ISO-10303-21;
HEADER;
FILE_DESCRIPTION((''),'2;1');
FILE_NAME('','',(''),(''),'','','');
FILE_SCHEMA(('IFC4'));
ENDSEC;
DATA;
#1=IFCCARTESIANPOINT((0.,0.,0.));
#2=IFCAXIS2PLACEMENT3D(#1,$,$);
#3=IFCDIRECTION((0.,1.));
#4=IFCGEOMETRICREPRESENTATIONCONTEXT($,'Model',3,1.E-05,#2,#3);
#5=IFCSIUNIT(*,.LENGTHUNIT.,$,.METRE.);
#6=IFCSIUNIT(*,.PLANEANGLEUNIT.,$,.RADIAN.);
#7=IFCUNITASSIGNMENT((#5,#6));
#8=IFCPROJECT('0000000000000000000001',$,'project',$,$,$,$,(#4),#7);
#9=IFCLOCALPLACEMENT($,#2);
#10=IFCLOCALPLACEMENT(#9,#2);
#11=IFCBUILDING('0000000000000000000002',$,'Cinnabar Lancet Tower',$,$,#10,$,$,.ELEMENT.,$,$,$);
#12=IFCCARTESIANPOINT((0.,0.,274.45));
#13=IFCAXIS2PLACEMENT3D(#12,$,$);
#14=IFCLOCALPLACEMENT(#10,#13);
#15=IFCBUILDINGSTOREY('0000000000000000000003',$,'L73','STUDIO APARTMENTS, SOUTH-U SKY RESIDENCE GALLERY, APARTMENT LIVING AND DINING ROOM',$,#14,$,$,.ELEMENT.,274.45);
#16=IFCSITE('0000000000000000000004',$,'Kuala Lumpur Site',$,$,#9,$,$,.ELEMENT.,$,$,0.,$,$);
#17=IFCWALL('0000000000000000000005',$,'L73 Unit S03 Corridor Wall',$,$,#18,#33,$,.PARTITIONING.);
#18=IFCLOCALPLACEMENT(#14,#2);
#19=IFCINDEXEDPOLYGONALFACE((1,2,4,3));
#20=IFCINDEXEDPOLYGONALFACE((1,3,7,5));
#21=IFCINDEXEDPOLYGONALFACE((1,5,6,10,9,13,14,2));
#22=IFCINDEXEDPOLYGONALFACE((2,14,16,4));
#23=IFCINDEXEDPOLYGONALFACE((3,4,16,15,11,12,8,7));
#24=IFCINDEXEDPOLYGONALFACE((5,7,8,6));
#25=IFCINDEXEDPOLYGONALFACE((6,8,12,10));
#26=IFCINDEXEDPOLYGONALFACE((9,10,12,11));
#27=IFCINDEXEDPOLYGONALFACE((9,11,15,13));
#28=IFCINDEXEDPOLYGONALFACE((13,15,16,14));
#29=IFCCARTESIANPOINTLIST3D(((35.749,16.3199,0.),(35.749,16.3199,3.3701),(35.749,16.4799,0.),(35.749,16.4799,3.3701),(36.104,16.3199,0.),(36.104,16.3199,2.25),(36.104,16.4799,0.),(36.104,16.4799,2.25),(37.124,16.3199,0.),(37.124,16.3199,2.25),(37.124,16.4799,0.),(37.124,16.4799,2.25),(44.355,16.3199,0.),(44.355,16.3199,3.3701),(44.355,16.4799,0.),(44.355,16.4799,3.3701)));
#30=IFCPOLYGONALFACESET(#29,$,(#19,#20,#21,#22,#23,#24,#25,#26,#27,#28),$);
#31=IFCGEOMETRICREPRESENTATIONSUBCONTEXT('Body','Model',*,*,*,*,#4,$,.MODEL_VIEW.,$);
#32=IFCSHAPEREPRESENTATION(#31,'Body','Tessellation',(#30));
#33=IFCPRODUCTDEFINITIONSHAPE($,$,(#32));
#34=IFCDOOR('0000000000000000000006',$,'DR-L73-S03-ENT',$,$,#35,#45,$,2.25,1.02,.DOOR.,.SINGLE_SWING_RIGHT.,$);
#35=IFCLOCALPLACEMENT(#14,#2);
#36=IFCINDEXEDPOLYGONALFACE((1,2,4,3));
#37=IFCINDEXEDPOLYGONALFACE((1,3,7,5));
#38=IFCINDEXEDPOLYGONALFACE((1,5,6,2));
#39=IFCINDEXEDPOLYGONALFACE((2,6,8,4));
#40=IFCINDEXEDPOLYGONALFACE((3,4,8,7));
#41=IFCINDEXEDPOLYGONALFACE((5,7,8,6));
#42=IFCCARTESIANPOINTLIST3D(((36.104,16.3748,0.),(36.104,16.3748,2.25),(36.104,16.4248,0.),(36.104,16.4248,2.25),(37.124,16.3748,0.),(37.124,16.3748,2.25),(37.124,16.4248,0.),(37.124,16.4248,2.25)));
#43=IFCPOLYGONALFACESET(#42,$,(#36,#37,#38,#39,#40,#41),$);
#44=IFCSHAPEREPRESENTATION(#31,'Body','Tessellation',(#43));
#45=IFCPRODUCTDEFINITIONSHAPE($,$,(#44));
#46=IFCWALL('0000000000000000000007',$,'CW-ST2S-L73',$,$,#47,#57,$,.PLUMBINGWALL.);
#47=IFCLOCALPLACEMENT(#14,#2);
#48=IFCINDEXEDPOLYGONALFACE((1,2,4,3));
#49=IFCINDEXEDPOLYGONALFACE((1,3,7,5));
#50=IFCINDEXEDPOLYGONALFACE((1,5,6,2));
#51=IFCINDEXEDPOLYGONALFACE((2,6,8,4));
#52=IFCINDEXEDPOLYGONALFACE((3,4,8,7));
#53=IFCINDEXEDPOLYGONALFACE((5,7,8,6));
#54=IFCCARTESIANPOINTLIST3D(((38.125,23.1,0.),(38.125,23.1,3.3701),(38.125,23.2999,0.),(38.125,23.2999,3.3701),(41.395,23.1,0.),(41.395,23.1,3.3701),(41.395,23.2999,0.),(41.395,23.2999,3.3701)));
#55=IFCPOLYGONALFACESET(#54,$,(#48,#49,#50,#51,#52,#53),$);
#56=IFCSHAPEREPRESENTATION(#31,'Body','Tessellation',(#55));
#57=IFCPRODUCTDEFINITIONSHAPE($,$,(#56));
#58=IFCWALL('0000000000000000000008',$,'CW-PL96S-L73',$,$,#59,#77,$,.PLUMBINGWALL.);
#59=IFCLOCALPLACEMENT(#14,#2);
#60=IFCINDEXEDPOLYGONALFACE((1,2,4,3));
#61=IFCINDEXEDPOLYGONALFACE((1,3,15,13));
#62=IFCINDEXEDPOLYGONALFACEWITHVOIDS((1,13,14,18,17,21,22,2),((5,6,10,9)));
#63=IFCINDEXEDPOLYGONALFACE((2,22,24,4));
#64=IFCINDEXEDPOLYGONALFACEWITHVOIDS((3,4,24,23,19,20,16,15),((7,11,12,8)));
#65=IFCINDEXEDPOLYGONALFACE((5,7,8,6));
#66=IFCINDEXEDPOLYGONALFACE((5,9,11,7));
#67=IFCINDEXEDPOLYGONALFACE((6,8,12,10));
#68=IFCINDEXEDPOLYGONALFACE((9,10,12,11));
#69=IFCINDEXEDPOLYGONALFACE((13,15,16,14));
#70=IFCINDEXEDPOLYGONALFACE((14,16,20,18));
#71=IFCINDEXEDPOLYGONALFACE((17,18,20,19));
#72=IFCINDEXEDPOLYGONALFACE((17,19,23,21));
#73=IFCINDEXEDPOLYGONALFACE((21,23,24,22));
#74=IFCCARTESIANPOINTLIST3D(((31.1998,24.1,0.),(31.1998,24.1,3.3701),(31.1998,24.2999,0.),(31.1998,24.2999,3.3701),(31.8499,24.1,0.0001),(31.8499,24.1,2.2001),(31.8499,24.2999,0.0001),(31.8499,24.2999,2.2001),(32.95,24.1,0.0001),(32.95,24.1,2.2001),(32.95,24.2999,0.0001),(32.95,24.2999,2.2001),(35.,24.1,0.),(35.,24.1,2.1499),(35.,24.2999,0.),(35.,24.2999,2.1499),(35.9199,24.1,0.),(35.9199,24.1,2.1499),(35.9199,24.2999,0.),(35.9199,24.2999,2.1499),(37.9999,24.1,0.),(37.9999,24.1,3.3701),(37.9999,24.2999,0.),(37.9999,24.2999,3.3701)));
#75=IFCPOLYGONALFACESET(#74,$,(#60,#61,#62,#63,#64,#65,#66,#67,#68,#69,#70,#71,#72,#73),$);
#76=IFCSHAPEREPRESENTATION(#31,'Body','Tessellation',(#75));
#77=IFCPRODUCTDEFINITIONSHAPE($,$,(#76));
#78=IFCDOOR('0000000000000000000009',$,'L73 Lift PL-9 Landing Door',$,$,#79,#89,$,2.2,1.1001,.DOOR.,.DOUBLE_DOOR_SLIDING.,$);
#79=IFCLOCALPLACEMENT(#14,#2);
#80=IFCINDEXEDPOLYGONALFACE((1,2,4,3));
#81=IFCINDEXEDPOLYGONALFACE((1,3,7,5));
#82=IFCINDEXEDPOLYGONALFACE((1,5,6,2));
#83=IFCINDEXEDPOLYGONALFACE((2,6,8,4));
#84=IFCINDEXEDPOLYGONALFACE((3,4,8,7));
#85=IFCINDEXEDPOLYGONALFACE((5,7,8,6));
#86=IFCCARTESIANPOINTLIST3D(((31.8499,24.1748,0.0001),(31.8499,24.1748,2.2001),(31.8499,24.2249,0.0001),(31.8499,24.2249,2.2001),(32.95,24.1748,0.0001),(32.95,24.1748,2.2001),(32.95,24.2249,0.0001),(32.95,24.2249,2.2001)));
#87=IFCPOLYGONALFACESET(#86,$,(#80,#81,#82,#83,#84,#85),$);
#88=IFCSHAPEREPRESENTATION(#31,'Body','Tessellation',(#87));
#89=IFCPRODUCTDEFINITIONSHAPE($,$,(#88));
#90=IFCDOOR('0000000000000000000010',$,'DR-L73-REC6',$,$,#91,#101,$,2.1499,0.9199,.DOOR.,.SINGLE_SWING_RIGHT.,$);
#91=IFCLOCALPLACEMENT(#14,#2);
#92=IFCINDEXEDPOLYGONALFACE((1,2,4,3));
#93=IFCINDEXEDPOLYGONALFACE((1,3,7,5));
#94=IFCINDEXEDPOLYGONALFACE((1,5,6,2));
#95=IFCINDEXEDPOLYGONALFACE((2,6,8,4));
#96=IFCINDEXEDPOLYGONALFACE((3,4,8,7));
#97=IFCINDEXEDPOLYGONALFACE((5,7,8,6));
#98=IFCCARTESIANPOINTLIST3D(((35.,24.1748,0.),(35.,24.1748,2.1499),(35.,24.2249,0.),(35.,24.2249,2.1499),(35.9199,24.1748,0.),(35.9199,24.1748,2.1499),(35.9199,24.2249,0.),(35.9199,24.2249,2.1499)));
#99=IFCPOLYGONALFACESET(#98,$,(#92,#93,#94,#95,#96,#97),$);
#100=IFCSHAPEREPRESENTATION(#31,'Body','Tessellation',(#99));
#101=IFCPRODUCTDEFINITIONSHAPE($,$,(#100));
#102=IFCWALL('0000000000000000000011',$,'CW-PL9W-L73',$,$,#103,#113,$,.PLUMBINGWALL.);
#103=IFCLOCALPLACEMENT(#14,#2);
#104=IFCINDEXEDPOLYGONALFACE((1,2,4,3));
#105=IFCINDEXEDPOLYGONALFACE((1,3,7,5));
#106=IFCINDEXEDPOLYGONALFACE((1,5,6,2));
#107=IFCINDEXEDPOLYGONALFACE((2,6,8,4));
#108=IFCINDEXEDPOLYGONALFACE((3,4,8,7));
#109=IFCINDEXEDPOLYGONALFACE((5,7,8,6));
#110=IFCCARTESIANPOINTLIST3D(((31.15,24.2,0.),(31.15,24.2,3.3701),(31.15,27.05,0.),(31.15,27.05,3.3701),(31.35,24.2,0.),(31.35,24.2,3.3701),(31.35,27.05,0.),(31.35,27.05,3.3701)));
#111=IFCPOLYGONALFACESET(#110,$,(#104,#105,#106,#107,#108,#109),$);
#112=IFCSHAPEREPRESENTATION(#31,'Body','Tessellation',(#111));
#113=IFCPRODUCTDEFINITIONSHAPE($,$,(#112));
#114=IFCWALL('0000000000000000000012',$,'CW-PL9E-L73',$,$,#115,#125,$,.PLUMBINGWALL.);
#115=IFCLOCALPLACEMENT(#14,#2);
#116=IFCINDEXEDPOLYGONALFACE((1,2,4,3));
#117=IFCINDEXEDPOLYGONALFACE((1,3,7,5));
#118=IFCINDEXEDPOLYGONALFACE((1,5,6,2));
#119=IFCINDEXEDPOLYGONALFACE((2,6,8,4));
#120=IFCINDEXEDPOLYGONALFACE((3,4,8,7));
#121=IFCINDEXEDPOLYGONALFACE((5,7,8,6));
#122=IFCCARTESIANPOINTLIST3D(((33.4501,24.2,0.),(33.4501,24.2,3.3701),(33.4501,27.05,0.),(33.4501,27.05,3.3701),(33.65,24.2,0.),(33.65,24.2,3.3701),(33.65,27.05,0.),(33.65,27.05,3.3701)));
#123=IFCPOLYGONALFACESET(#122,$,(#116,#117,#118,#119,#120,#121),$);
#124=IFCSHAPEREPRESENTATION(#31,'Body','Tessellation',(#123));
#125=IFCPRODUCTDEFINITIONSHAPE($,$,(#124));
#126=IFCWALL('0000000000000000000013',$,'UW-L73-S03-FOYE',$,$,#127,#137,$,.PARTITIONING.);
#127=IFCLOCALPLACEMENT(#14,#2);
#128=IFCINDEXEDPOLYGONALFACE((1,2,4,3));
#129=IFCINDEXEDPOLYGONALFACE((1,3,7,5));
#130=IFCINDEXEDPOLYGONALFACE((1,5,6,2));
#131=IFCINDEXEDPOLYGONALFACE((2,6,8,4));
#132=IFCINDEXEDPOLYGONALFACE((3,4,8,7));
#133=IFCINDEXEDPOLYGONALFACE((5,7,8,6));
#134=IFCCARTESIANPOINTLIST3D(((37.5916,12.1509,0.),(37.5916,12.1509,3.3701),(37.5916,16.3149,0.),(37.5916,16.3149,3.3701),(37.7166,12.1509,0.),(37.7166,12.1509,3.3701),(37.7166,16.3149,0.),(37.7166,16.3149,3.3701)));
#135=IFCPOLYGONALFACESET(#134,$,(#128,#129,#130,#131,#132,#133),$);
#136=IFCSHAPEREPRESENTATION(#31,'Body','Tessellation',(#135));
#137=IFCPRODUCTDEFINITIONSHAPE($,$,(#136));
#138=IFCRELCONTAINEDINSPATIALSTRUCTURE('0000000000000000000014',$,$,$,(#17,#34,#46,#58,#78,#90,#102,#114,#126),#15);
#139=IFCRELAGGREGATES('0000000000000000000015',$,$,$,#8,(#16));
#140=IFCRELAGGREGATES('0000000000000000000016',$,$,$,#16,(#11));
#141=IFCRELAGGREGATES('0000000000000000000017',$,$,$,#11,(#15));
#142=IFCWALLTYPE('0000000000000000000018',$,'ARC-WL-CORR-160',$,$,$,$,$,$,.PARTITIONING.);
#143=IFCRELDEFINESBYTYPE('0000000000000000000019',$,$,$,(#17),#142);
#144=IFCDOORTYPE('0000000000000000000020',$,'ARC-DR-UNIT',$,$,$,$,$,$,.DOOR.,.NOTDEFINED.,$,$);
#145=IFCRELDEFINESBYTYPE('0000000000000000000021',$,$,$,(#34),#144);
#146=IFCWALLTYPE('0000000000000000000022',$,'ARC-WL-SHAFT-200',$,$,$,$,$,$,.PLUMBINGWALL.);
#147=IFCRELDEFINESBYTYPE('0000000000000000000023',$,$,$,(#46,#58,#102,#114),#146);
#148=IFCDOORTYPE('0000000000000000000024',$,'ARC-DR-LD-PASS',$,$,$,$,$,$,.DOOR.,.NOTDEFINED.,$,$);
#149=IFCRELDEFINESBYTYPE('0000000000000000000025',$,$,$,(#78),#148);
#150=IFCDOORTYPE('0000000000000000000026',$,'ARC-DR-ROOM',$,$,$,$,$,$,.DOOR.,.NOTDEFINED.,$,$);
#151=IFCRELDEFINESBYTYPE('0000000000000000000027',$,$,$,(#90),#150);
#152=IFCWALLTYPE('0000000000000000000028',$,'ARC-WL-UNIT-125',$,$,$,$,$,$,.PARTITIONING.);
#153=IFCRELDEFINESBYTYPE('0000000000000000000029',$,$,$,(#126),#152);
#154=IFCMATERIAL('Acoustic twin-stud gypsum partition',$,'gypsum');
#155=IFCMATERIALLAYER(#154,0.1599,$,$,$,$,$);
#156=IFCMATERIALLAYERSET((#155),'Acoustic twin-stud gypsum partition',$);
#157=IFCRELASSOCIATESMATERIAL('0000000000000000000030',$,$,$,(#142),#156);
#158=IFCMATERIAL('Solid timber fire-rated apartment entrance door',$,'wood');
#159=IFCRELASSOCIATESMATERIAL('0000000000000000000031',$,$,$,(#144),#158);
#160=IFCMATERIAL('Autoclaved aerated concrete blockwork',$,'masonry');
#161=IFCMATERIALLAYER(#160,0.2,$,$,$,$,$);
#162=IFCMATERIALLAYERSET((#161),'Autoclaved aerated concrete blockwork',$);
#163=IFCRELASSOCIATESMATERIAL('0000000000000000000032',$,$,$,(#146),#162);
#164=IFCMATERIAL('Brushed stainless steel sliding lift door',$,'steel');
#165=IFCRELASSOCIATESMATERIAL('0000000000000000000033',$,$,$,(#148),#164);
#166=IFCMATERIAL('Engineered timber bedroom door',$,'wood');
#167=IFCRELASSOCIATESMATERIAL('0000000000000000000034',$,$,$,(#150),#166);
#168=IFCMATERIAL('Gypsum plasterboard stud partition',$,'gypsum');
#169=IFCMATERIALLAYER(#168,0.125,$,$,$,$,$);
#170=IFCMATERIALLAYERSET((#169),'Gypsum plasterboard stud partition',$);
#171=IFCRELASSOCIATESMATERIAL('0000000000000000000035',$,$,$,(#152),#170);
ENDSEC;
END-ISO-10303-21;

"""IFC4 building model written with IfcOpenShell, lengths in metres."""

from ifc_helpers import new_model, si_unit, direction, frame, frame_2d, origin, place, context, subcontext, project, spatial, rectangle, extrude, material, layer, layer_set, type_object, element, fill, save


model = new_model("IFC4")

# Units and contexts
model_context = context("Model", 3, precision=1e-05, world=origin(), true_north=direction((0.0, 1.0)))
body_context = subcontext(model_context, "Body", "Model", "MODEL_VIEW")
ifc_project = project(units=[si_unit("LENGTHUNIT", "METRE"), si_unit("PLANEANGLEUNIT", "RADIAN")], contexts=[model_context])

# Site, building, storey
site_placement = place(None, origin())
site = spatial("IfcSite", under=ifc_project, at=site_placement, Name="Kuala Lumpur Site", CompositionType="ELEMENT", RefElevation=0.0)
building_placement = place(site_placement, origin())
building = spatial("IfcBuilding", under=site, at=building_placement, Name="Cinnabar Lancet Tower", CompositionType="ELEMENT")
storey_placement = place(building_placement, frame((0.0, 0.0, 274.45)))
storey = spatial("IfcBuildingStorey", under=building, at=storey_placement, Name="L73", Description="STUDIO APARTMENTS, SOUTH-U SKY RESIDENCE GALLERY, APARTMENT LIVING AND DINING ROOM", CompositionType="ELEMENT", Elevation=274.45)

# Shared definitions
ifc_material_1 = material(Name="Acoustic twin-stud gypsum partition", Category="gypsum")
ifc_layer_1 = layer(ifc_material_1, 0.1599)
ifc_layer_set_1 = layer_set([ifc_layer_1], Name="Acoustic twin-stud gypsum partition")
wall_type_1 = type_object("IfcWallType", Name="ARC-WL-CORR-160", PredefinedType="PARTITIONING", material=ifc_layer_set_1)

# Wall, opening, door
wall_1_placement = place(storey_placement, frame((35.749, 16.3999, 0.0), z_axis=(0.0, 0.0, 1.0), x_axis=(1.0, 0.0, 0.0)))
wall_1 = element("IfcWall", 1, at=wall_1_placement, inside=storey, type_object=wall_type_1, Name="L73 Unit S03 Corridor Wall", PredefinedType="PARTITIONING", context=body_context, shape_type="SweptSolid", body=[
    extrude(rectangle(XDim=8.606, YDim=0.1599, at=frame_2d((4.303, 0.0))), origin(), (0.0, 0.0, 1.0), 3.3701),
])
opening_1_placement = place(wall_1_placement, frame((0.355, 0.0, 0.0)))
opening_1 = element("IfcOpeningElement", 2, at=opening_1_placement, cuts=wall_1, PredefinedType="OPENING", context=body_context, shape_type="SweptSolid", body=[
    extrude(rectangle(XDim=1.02, YDim=2.25, at=frame_2d((0.51, 1.125))), frame((0.0, 0.0898, 0.0), z_axis=(0.0, -1.0, 0.0), x_axis=(1.0, 0.0, 0.0)), (0.0, 0.0, 1.0), 0.1799),
])
ifc_material_2 = material(Name="Solid timber fire-rated apartment entrance door", Category="wood")
door_type_1 = type_object("IfcDoorType", Name="ARC-DR-UNIT", OperationType="NOTDEFINED", PredefinedType="DOOR", material=ifc_material_2)
door_1_placement = place(opening_1_placement, origin())
door_1 = element("IfcDoor", 3, at=door_1_placement, inside=storey, type_object=door_type_1, Name="DR-L73-S03-ENT", OperationType="SINGLE_SWING_RIGHT", OverallHeight=2.25, OverallWidth=1.02, PredefinedType="DOOR", context=body_context, shape_type="SweptSolid", body=[
    extrude(rectangle(XDim=1.02, YDim=2.25, at=frame_2d((0.51, 1.125))), frame((0.0, 0.0249, 0.0), z_axis=(0.0, -1.0, 0.0), x_axis=(1.0, 0.0, 0.0)), (0.0, 0.0, 1.0), 0.05),
])
fill(opening_1, door_1)

# Wall
ifc_material_3 = material(Name="Autoclaved aerated concrete blockwork", Category="masonry")
ifc_layer_2 = layer(ifc_material_3, 0.2)
ifc_layer_set_2 = layer_set([ifc_layer_2], Name="Autoclaved aerated concrete blockwork")
wall_type_2 = type_object("IfcWallType", Name="ARC-WL-SHAFT-200", PredefinedType="PLUMBINGWALL", material=ifc_layer_set_2)
wall_2_placement = place(storey_placement, frame((38.125, 23.2, 0.0), z_axis=(0.0, 0.0, 1.0), x_axis=(1.0, 0.0, 0.0)))
element("IfcWall", 4, at=wall_2_placement, inside=storey, type_object=wall_type_2, Name="CW-ST2S-L73", PredefinedType="PLUMBINGWALL", context=body_context, shape_type="SweptSolid", body=[
    extrude(rectangle(XDim=3.27, YDim=0.2, at=frame_2d((1.635, 0.0))), origin(), (0.0, 0.0, 1.0), 3.3701),
])

# Wall, openings, doors
wall_3_placement = place(storey_placement, frame((31.2, 24.2, 0.0), z_axis=(0.0, 0.0, 1.0), x_axis=(1.0, 0.0, 0.0)))
wall_3 = element("IfcWall", 5, at=wall_3_placement, inside=storey, type_object=wall_type_2, Name="CW-PL96S-L73", PredefinedType="PLUMBINGWALL", context=body_context, shape_type="SweptSolid", body=[
    extrude(rectangle(XDim=6.8, YDim=0.2, at=frame_2d((3.3999, 0.0))), origin(), (0.0, 0.0, 1.0), 3.3701),
])
opening_2_placement = place(wall_3_placement, frame((0.6499, 0.0, 0.0)))
opening_2 = element("IfcOpeningElement", 6, at=opening_2_placement, cuts=wall_3, PredefinedType="OPENING", context=body_context, shape_type="SweptSolid", body=[
    extrude(rectangle(XDim=1.1001, YDim=2.2, at=frame_2d((0.55, 1.1001))), frame((0.0, 0.1099, 0.0), z_axis=(0.0, -1.0, 0.0), x_axis=(1.0, 0.0, 0.0)), (0.0, 0.0, 1.0), 0.22),
])
opening_3_placement = place(wall_3_placement, frame((3.8, 0.0, 0.0)))
opening_3 = element("IfcOpeningElement", 7, at=opening_3_placement, cuts=wall_3, PredefinedType="OPENING", context=body_context, shape_type="SweptSolid", body=[
    extrude(rectangle(XDim=0.9199, YDim=2.1499, at=frame_2d((0.46, 1.075))), frame((0.0, 0.1099, 0.0), z_axis=(0.0, -1.0, 0.0), x_axis=(1.0, 0.0, 0.0)), (0.0, 0.0, 1.0), 0.22),
])
ifc_material_4 = material(Name="Brushed stainless steel sliding lift door", Category="steel")
door_type_2 = type_object("IfcDoorType", Name="ARC-DR-LD-PASS", OperationType="NOTDEFINED", PredefinedType="DOOR", material=ifc_material_4)
door_2_placement = place(opening_2_placement, origin())
door_2 = element("IfcDoor", 8, at=door_2_placement, inside=storey, type_object=door_type_2, Name="L73 Lift PL-9 Landing Door", OperationType="DOUBLE_DOOR_SLIDING", OverallHeight=2.2, OverallWidth=1.1001, PredefinedType="DOOR", context=body_context, shape_type="SweptSolid", body=[
    extrude(rectangle(XDim=1.1001, YDim=2.2, at=frame_2d((0.55, 1.1001))), frame((0.0, 0.0249, 0.0), z_axis=(0.0, -1.0, 0.0), x_axis=(1.0, 0.0, 0.0)), (0.0, 0.0, 1.0), 0.05),
])
fill(opening_2, door_2)
ifc_material_5 = material(Name="Engineered timber bedroom door", Category="wood")
door_type_3 = type_object("IfcDoorType", Name="ARC-DR-ROOM", OperationType="NOTDEFINED", PredefinedType="DOOR", material=ifc_material_5)
door_3_placement = place(opening_3_placement, origin())
door_3 = element("IfcDoor", 9, at=door_3_placement, inside=storey, type_object=door_type_3, Name="DR-L73-REC6", OperationType="SINGLE_SWING_RIGHT", OverallHeight=2.1499, OverallWidth=0.9199, PredefinedType="DOOR", context=body_context, shape_type="SweptSolid", body=[
    extrude(rectangle(XDim=0.9199, YDim=2.1499, at=frame_2d((0.46, 1.075))), frame((0.0, 0.0249, 0.0), z_axis=(0.0, -1.0, 0.0), x_axis=(1.0, 0.0, 0.0)), (0.0, 0.0, 1.0), 0.05),
])
fill(opening_3, door_3)

# Walls
for number, where, z_axis, x_axis, name in (
    (10, (31.25, 24.2, 0.0), (0.0, 0.0, 1.0), (0.0, 1.0, 0.0), "CW-PL9W-L73"),
    (11, (33.55, 24.2, 0.0), (0.0, 0.0, 1.0), (0.0, 1.0, 0.0), "CW-PL9E-L73"),
):
    element("IfcWall", number, at=place(storey_placement, frame(where, z_axis=z_axis, x_axis=x_axis)), inside=storey, type_object=wall_type_2, Name=name, PredefinedType="PLUMBINGWALL", context=body_context, shape_type="SweptSolid", body=[
        extrude(rectangle(XDim=2.8501, YDim=0.2, at=frame_2d((1.425, 0.0))), origin(), (0.0, 0.0, 1.0), 3.3701),
    ])
ifc_material_6 = material(Name="Gypsum plasterboard stud partition", Category="gypsum")
ifc_layer_3 = layer(ifc_material_6, 0.125)
ifc_layer_set_3 = layer_set([ifc_layer_3], Name="Gypsum plasterboard stud partition")
wall_type_3 = type_object("IfcWallType", Name="ARC-WL-UNIT-125", PredefinedType="PARTITIONING", material=ifc_layer_set_3)
wall_4_placement = place(storey_placement, frame((37.6541, 12.1509, 0.0), z_axis=(0.0, 0.0, 1.0), x_axis=(0.0, 1.0, 0.0)))
element("IfcWall", 12, at=wall_4_placement, inside=storey, type_object=wall_type_3, Name="UW-L73-S03-FOYE", PredefinedType="PARTITIONING", context=body_context, shape_type="SweptSolid", body=[
    extrude(rectangle(XDim=4.1641, YDim=0.125, at=frame_2d((2.082, 0.0))), origin(), (0.0, 0.0, 1.0), 3.3701),
])

save(model, "model.ifc")
